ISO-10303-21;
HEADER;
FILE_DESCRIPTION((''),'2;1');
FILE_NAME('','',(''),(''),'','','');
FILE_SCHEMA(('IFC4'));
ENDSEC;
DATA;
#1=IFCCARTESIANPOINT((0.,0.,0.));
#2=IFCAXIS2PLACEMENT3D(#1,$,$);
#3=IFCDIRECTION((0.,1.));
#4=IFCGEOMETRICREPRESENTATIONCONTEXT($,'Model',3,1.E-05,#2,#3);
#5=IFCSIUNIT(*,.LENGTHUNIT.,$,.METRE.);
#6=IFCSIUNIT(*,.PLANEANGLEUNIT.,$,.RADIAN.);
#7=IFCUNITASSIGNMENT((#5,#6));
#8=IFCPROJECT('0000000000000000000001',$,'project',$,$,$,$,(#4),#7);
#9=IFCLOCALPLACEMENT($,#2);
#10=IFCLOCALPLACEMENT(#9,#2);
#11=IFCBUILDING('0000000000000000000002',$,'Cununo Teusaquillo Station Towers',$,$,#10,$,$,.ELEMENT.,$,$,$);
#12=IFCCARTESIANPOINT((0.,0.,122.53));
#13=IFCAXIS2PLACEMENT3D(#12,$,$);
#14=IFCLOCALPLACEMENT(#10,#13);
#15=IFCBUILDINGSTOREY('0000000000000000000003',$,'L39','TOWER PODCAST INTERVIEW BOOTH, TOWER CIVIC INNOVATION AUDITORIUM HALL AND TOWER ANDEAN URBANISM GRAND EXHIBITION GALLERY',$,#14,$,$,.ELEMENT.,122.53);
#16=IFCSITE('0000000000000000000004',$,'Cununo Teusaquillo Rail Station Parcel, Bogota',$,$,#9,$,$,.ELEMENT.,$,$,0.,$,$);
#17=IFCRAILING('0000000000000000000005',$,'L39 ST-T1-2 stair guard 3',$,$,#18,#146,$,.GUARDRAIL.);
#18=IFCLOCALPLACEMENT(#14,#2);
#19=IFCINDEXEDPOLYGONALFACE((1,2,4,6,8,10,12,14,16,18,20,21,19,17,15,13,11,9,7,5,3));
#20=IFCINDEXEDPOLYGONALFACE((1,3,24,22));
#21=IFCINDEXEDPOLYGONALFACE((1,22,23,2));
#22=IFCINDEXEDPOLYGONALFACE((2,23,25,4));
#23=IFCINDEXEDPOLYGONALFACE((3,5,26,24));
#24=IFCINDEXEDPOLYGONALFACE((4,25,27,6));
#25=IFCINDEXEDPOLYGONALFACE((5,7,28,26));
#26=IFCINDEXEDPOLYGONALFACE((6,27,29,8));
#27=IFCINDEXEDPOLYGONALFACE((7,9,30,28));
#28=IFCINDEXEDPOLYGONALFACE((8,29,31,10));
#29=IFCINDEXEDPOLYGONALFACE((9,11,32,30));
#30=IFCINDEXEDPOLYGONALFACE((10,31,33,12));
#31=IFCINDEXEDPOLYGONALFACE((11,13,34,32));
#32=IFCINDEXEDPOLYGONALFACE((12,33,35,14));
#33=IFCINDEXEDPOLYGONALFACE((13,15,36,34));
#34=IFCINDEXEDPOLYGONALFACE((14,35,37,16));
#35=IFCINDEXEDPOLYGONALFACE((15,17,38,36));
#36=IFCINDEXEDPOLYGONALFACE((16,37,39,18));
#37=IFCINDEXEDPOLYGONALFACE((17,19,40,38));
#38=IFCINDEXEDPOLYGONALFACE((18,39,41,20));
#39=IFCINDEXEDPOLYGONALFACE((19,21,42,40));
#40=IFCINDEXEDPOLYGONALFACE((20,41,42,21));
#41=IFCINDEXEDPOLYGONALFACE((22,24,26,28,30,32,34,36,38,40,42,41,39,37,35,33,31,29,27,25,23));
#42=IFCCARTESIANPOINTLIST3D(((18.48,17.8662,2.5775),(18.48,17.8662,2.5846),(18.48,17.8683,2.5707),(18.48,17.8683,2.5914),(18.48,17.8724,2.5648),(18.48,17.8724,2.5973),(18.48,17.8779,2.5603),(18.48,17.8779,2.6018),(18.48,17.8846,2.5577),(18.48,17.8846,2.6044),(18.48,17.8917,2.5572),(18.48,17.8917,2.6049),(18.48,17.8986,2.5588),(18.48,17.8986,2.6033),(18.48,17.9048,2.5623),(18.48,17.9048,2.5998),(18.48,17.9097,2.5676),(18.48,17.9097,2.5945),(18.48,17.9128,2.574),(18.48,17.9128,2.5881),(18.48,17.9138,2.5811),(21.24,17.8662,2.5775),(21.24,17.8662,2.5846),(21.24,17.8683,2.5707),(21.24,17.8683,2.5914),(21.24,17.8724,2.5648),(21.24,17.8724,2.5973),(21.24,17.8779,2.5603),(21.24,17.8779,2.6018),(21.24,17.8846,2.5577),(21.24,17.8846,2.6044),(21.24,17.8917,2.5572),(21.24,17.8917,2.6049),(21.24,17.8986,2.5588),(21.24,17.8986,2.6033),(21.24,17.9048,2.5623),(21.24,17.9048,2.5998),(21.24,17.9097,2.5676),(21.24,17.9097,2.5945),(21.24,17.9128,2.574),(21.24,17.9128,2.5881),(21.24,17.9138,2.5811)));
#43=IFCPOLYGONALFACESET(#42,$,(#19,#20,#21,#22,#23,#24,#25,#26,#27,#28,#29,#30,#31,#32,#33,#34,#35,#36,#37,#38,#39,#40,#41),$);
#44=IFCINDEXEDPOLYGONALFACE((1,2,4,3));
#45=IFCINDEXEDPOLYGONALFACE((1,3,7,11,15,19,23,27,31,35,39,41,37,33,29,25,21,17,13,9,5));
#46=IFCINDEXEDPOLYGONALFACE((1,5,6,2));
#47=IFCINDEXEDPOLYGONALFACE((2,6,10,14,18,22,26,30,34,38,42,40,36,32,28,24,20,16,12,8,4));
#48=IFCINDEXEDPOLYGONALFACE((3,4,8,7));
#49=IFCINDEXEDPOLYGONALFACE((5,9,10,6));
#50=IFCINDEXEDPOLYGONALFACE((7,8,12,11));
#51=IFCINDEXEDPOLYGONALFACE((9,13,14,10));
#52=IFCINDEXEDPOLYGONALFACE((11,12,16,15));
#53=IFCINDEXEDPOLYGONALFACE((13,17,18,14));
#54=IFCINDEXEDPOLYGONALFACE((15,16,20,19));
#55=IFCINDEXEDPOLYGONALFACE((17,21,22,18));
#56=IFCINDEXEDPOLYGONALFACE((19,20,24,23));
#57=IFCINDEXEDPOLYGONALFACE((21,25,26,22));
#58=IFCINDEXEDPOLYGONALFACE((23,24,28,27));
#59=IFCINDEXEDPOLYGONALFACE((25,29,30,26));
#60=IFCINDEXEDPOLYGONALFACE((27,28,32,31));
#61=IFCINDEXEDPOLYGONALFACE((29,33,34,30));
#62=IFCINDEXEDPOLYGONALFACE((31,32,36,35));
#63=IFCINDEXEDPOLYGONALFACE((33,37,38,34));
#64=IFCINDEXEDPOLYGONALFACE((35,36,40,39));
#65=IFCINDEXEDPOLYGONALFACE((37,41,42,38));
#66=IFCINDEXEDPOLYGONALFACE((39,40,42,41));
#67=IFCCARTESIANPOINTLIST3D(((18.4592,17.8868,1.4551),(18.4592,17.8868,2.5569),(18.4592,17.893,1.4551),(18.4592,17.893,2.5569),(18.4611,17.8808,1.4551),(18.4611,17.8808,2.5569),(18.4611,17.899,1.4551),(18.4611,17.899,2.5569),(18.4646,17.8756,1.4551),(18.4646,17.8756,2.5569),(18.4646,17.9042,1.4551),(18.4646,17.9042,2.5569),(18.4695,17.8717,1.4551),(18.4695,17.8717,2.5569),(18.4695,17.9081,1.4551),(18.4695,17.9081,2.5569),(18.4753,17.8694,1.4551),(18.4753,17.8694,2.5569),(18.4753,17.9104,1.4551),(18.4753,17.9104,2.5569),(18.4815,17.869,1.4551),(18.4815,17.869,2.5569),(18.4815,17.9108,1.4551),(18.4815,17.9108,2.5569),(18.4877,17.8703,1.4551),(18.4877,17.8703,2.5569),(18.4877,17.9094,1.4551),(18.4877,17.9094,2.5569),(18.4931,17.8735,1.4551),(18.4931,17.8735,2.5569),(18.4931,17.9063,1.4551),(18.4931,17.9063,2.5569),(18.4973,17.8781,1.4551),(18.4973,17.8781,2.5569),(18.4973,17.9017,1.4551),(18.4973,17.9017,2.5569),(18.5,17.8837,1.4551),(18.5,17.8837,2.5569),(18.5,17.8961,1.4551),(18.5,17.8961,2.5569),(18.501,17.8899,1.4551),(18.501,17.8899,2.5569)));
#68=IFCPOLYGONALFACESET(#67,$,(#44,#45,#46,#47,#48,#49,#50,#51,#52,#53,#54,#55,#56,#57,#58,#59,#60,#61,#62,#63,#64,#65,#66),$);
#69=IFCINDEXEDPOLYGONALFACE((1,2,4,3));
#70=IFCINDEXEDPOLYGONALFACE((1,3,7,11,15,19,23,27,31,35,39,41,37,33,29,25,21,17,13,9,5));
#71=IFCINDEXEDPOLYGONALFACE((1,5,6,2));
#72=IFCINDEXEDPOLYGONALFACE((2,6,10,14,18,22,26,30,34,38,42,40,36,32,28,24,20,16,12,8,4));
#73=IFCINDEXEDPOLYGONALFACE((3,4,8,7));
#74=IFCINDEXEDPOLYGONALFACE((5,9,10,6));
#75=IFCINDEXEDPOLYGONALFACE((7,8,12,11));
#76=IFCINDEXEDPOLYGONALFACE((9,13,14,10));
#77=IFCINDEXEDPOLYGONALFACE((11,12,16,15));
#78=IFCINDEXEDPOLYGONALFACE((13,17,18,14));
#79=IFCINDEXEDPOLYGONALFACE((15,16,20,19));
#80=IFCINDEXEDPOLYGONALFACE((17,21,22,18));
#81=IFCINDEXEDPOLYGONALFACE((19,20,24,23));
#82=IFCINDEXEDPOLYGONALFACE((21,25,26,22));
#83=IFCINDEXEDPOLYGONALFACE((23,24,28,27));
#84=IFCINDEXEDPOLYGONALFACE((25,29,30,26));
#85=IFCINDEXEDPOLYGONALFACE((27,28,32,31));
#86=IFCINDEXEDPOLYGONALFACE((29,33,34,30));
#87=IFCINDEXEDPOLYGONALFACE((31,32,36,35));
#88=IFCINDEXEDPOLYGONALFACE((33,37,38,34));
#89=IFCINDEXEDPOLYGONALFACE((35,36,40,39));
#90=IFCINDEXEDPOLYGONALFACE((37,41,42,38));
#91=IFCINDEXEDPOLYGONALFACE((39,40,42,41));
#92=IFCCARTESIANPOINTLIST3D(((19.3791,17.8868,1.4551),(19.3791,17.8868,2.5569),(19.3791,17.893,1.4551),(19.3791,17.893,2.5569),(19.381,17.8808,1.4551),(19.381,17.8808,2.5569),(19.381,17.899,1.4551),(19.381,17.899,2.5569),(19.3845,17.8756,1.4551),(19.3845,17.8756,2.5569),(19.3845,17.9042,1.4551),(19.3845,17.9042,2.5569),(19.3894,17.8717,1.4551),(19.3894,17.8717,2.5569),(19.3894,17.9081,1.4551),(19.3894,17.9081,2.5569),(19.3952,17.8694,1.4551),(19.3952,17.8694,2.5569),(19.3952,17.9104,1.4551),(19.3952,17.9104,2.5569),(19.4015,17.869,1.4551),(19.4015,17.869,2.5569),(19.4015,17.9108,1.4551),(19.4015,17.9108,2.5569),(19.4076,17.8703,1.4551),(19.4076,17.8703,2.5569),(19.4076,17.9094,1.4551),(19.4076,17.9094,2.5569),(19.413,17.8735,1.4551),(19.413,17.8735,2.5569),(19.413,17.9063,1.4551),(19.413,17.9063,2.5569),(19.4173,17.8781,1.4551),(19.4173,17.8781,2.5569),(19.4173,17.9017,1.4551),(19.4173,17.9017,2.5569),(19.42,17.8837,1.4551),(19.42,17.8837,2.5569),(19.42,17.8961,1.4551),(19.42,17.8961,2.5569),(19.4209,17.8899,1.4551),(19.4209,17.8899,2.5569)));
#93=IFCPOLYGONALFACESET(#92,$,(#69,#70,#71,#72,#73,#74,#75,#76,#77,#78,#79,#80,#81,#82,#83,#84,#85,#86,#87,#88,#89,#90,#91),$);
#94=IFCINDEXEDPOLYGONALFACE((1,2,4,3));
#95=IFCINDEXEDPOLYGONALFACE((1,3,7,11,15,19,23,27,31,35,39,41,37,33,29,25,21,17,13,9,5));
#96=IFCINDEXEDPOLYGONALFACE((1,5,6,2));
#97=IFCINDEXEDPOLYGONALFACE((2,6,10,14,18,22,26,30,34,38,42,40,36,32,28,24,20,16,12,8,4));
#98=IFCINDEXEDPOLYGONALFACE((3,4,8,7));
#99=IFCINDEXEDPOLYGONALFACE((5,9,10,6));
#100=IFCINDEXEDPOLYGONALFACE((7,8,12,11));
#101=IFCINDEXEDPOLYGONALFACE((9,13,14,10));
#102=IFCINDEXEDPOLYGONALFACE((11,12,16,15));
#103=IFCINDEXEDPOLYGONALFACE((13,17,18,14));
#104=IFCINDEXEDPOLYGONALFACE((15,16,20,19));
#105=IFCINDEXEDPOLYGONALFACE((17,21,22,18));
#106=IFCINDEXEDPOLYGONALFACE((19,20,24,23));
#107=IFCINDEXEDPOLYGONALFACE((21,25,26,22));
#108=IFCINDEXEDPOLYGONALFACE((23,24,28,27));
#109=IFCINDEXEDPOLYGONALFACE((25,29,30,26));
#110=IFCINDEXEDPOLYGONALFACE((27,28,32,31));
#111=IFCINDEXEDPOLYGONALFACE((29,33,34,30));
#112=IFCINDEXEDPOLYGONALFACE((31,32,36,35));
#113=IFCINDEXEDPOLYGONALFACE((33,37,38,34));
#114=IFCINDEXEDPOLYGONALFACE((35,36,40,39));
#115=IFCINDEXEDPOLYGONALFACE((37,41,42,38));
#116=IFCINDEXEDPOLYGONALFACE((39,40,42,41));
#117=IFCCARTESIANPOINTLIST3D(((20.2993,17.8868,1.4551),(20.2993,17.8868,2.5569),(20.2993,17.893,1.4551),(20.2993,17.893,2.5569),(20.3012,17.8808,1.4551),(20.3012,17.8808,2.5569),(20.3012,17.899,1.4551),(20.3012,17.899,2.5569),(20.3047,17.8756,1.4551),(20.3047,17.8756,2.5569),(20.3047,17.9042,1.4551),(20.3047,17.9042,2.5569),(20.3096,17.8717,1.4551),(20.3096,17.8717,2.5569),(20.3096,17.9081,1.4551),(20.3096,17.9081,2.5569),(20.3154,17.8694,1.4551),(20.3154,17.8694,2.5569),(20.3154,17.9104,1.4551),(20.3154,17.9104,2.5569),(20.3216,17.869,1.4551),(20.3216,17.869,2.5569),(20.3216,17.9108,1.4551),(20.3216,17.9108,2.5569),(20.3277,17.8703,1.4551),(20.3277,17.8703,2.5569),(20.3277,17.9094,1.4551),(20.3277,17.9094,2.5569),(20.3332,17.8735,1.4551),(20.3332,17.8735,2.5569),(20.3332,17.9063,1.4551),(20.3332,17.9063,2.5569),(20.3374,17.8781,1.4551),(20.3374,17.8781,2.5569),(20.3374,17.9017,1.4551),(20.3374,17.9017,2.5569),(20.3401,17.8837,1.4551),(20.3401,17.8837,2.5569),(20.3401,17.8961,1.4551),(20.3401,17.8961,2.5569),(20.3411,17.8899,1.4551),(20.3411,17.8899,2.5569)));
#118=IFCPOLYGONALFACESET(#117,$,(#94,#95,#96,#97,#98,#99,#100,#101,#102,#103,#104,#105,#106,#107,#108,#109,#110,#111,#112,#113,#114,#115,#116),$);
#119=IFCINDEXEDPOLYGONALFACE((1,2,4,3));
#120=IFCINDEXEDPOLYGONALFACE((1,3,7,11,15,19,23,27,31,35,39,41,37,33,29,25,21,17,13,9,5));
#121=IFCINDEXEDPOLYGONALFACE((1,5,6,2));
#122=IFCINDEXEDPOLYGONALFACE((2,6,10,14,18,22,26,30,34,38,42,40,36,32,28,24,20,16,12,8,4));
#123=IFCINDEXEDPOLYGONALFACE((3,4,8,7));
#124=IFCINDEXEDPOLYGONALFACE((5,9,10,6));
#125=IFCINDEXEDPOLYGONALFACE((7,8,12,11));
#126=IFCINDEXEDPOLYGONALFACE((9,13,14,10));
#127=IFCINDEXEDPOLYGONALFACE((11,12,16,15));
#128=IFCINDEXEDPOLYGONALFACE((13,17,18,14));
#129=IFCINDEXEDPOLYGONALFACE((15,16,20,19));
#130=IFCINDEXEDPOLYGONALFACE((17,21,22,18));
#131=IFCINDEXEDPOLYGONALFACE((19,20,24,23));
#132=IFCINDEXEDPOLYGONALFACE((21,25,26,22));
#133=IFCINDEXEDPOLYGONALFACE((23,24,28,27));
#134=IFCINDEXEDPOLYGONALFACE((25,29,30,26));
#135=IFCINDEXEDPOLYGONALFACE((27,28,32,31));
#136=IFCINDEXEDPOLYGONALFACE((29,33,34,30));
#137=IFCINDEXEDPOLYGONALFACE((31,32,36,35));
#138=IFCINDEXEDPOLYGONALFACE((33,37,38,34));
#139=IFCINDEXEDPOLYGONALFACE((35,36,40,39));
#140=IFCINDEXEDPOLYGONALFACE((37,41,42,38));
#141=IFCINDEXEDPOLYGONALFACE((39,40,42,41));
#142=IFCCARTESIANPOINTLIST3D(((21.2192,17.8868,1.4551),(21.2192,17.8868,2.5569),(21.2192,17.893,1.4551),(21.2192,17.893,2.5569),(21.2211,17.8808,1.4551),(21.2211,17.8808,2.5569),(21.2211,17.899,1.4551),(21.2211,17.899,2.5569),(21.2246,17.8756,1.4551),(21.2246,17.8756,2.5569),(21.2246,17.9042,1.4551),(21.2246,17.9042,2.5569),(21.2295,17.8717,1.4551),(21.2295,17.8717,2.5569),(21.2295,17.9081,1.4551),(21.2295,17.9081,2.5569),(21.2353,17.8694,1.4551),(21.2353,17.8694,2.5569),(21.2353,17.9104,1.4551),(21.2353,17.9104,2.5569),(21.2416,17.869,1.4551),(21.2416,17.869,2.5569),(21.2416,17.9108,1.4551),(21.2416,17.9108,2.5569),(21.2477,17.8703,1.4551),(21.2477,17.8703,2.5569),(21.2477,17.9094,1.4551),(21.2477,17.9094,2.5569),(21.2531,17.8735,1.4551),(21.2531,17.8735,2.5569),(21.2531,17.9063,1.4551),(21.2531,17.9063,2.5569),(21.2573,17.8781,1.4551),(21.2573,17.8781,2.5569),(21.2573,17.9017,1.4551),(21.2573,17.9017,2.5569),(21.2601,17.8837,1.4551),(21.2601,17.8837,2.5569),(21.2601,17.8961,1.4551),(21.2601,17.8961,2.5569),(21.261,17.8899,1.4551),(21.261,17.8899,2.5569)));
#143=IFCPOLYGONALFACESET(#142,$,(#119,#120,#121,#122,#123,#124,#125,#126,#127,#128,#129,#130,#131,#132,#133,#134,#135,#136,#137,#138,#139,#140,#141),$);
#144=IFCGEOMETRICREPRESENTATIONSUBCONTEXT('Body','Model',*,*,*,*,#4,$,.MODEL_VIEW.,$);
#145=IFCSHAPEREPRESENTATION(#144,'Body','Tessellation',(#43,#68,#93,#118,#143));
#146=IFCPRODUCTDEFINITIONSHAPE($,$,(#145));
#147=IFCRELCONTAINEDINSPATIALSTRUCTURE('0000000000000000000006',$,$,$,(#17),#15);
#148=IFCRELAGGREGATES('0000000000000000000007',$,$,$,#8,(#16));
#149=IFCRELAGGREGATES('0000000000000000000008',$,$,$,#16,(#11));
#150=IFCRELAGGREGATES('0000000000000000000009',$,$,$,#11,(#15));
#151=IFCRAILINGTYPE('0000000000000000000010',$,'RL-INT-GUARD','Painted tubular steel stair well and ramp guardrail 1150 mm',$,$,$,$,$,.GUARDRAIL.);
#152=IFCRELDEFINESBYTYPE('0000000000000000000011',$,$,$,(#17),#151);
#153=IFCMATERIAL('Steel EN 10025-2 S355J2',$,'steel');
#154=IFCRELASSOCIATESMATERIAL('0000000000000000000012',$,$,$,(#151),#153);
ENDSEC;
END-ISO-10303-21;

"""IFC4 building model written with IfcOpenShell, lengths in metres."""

from ifc_helpers import new_model, si_unit, direction, frame, origin, origin_2d, place, context, subcontext, project, spatial, circle, extrude, material, type_object, element, save


model = new_model("IFC4")

# Units and contexts
model_context = context("Model", 3, precision=1e-05, world=origin(), true_north=direction((0.0, 1.0)))
body_context = subcontext(model_context, "Body", "Model", "MODEL_VIEW")
ifc_project = project(units=[si_unit("LENGTHUNIT", "METRE"), si_unit("PLANEANGLEUNIT", "RADIAN")], contexts=[model_context])

# Site, building, storey
site_placement = place(None, origin())
site = spatial("IfcSite", under=ifc_project, at=site_placement, Name="Cununo Teusaquillo Rail Station Parcel, Bogota", CompositionType="ELEMENT", RefElevation=0.0)
building_placement = place(site_placement, origin())
building = spatial("IfcBuilding", under=site, at=building_placement, Name="Cununo Teusaquillo Station Towers", CompositionType="ELEMENT")
storey_placement = place(building_placement, frame((0.0, 0.0, 122.53)))
storey = spatial("IfcBuildingStorey", under=building, at=storey_placement, Name="L39", Description="TOWER PODCAST INTERVIEW BOOTH, TOWER CIVIC INNOVATION AUDITORIUM HALL AND TOWER ANDEAN URBANISM GRAND EXHIBITION GALLERY", CompositionType="ELEMENT", Elevation=122.53)

# Railing
ifc_material_1 = material(Name="Steel EN 10025-2 S355J2", Category="steel")
railing_type_1 = type_object("IfcRailingType", Name="RL-INT-GUARD", Description="Painted tubular steel stair well and ramp guardrail 1150 mm", PredefinedType="GUARDRAIL", material=ifc_material_1)
railing_1_placement = place(storey_placement, frame((18.48, 17.8899, 1.4551)))
element("IfcRailing", 1, at=railing_1_placement, inside=storey, type_object=railing_type_1, Name="L39 ST-T1-2 stair guard 3", PredefinedType="GUARDRAIL", context=body_context, shape_type="SweptSolid", body=[
    extrude(circle(Radius=0.0239, at=origin_2d()), frame((0.0, 0.0, 1.126), z_axis=(1.0, 0.0, 0.0), x_axis=(0.0, 1.0, 0.0)), (0.0, 0.0, 1.0), 2.76),
    extrude(circle(Radius=0.021, at=origin_2d()), origin(), (0.0, 0.0, 1.0), 1.1018),
    extrude(circle(Radius=0.021, at=origin_2d()), frame((0.9199, 0.0, 0.0)), (0.0, 0.0, 1.0), 1.1018),
    extrude(circle(Radius=0.021, at=origin_2d()), frame((1.8401, 0.0, 0.0)), (0.0, 0.0, 1.0), 1.1018),
    extrude(circle(Radius=0.021, at=origin_2d()), frame((2.76, 0.0, 0.0)), (0.0, 0.0, 1.0), 1.1018),
])

save(model, "model.ifc")
